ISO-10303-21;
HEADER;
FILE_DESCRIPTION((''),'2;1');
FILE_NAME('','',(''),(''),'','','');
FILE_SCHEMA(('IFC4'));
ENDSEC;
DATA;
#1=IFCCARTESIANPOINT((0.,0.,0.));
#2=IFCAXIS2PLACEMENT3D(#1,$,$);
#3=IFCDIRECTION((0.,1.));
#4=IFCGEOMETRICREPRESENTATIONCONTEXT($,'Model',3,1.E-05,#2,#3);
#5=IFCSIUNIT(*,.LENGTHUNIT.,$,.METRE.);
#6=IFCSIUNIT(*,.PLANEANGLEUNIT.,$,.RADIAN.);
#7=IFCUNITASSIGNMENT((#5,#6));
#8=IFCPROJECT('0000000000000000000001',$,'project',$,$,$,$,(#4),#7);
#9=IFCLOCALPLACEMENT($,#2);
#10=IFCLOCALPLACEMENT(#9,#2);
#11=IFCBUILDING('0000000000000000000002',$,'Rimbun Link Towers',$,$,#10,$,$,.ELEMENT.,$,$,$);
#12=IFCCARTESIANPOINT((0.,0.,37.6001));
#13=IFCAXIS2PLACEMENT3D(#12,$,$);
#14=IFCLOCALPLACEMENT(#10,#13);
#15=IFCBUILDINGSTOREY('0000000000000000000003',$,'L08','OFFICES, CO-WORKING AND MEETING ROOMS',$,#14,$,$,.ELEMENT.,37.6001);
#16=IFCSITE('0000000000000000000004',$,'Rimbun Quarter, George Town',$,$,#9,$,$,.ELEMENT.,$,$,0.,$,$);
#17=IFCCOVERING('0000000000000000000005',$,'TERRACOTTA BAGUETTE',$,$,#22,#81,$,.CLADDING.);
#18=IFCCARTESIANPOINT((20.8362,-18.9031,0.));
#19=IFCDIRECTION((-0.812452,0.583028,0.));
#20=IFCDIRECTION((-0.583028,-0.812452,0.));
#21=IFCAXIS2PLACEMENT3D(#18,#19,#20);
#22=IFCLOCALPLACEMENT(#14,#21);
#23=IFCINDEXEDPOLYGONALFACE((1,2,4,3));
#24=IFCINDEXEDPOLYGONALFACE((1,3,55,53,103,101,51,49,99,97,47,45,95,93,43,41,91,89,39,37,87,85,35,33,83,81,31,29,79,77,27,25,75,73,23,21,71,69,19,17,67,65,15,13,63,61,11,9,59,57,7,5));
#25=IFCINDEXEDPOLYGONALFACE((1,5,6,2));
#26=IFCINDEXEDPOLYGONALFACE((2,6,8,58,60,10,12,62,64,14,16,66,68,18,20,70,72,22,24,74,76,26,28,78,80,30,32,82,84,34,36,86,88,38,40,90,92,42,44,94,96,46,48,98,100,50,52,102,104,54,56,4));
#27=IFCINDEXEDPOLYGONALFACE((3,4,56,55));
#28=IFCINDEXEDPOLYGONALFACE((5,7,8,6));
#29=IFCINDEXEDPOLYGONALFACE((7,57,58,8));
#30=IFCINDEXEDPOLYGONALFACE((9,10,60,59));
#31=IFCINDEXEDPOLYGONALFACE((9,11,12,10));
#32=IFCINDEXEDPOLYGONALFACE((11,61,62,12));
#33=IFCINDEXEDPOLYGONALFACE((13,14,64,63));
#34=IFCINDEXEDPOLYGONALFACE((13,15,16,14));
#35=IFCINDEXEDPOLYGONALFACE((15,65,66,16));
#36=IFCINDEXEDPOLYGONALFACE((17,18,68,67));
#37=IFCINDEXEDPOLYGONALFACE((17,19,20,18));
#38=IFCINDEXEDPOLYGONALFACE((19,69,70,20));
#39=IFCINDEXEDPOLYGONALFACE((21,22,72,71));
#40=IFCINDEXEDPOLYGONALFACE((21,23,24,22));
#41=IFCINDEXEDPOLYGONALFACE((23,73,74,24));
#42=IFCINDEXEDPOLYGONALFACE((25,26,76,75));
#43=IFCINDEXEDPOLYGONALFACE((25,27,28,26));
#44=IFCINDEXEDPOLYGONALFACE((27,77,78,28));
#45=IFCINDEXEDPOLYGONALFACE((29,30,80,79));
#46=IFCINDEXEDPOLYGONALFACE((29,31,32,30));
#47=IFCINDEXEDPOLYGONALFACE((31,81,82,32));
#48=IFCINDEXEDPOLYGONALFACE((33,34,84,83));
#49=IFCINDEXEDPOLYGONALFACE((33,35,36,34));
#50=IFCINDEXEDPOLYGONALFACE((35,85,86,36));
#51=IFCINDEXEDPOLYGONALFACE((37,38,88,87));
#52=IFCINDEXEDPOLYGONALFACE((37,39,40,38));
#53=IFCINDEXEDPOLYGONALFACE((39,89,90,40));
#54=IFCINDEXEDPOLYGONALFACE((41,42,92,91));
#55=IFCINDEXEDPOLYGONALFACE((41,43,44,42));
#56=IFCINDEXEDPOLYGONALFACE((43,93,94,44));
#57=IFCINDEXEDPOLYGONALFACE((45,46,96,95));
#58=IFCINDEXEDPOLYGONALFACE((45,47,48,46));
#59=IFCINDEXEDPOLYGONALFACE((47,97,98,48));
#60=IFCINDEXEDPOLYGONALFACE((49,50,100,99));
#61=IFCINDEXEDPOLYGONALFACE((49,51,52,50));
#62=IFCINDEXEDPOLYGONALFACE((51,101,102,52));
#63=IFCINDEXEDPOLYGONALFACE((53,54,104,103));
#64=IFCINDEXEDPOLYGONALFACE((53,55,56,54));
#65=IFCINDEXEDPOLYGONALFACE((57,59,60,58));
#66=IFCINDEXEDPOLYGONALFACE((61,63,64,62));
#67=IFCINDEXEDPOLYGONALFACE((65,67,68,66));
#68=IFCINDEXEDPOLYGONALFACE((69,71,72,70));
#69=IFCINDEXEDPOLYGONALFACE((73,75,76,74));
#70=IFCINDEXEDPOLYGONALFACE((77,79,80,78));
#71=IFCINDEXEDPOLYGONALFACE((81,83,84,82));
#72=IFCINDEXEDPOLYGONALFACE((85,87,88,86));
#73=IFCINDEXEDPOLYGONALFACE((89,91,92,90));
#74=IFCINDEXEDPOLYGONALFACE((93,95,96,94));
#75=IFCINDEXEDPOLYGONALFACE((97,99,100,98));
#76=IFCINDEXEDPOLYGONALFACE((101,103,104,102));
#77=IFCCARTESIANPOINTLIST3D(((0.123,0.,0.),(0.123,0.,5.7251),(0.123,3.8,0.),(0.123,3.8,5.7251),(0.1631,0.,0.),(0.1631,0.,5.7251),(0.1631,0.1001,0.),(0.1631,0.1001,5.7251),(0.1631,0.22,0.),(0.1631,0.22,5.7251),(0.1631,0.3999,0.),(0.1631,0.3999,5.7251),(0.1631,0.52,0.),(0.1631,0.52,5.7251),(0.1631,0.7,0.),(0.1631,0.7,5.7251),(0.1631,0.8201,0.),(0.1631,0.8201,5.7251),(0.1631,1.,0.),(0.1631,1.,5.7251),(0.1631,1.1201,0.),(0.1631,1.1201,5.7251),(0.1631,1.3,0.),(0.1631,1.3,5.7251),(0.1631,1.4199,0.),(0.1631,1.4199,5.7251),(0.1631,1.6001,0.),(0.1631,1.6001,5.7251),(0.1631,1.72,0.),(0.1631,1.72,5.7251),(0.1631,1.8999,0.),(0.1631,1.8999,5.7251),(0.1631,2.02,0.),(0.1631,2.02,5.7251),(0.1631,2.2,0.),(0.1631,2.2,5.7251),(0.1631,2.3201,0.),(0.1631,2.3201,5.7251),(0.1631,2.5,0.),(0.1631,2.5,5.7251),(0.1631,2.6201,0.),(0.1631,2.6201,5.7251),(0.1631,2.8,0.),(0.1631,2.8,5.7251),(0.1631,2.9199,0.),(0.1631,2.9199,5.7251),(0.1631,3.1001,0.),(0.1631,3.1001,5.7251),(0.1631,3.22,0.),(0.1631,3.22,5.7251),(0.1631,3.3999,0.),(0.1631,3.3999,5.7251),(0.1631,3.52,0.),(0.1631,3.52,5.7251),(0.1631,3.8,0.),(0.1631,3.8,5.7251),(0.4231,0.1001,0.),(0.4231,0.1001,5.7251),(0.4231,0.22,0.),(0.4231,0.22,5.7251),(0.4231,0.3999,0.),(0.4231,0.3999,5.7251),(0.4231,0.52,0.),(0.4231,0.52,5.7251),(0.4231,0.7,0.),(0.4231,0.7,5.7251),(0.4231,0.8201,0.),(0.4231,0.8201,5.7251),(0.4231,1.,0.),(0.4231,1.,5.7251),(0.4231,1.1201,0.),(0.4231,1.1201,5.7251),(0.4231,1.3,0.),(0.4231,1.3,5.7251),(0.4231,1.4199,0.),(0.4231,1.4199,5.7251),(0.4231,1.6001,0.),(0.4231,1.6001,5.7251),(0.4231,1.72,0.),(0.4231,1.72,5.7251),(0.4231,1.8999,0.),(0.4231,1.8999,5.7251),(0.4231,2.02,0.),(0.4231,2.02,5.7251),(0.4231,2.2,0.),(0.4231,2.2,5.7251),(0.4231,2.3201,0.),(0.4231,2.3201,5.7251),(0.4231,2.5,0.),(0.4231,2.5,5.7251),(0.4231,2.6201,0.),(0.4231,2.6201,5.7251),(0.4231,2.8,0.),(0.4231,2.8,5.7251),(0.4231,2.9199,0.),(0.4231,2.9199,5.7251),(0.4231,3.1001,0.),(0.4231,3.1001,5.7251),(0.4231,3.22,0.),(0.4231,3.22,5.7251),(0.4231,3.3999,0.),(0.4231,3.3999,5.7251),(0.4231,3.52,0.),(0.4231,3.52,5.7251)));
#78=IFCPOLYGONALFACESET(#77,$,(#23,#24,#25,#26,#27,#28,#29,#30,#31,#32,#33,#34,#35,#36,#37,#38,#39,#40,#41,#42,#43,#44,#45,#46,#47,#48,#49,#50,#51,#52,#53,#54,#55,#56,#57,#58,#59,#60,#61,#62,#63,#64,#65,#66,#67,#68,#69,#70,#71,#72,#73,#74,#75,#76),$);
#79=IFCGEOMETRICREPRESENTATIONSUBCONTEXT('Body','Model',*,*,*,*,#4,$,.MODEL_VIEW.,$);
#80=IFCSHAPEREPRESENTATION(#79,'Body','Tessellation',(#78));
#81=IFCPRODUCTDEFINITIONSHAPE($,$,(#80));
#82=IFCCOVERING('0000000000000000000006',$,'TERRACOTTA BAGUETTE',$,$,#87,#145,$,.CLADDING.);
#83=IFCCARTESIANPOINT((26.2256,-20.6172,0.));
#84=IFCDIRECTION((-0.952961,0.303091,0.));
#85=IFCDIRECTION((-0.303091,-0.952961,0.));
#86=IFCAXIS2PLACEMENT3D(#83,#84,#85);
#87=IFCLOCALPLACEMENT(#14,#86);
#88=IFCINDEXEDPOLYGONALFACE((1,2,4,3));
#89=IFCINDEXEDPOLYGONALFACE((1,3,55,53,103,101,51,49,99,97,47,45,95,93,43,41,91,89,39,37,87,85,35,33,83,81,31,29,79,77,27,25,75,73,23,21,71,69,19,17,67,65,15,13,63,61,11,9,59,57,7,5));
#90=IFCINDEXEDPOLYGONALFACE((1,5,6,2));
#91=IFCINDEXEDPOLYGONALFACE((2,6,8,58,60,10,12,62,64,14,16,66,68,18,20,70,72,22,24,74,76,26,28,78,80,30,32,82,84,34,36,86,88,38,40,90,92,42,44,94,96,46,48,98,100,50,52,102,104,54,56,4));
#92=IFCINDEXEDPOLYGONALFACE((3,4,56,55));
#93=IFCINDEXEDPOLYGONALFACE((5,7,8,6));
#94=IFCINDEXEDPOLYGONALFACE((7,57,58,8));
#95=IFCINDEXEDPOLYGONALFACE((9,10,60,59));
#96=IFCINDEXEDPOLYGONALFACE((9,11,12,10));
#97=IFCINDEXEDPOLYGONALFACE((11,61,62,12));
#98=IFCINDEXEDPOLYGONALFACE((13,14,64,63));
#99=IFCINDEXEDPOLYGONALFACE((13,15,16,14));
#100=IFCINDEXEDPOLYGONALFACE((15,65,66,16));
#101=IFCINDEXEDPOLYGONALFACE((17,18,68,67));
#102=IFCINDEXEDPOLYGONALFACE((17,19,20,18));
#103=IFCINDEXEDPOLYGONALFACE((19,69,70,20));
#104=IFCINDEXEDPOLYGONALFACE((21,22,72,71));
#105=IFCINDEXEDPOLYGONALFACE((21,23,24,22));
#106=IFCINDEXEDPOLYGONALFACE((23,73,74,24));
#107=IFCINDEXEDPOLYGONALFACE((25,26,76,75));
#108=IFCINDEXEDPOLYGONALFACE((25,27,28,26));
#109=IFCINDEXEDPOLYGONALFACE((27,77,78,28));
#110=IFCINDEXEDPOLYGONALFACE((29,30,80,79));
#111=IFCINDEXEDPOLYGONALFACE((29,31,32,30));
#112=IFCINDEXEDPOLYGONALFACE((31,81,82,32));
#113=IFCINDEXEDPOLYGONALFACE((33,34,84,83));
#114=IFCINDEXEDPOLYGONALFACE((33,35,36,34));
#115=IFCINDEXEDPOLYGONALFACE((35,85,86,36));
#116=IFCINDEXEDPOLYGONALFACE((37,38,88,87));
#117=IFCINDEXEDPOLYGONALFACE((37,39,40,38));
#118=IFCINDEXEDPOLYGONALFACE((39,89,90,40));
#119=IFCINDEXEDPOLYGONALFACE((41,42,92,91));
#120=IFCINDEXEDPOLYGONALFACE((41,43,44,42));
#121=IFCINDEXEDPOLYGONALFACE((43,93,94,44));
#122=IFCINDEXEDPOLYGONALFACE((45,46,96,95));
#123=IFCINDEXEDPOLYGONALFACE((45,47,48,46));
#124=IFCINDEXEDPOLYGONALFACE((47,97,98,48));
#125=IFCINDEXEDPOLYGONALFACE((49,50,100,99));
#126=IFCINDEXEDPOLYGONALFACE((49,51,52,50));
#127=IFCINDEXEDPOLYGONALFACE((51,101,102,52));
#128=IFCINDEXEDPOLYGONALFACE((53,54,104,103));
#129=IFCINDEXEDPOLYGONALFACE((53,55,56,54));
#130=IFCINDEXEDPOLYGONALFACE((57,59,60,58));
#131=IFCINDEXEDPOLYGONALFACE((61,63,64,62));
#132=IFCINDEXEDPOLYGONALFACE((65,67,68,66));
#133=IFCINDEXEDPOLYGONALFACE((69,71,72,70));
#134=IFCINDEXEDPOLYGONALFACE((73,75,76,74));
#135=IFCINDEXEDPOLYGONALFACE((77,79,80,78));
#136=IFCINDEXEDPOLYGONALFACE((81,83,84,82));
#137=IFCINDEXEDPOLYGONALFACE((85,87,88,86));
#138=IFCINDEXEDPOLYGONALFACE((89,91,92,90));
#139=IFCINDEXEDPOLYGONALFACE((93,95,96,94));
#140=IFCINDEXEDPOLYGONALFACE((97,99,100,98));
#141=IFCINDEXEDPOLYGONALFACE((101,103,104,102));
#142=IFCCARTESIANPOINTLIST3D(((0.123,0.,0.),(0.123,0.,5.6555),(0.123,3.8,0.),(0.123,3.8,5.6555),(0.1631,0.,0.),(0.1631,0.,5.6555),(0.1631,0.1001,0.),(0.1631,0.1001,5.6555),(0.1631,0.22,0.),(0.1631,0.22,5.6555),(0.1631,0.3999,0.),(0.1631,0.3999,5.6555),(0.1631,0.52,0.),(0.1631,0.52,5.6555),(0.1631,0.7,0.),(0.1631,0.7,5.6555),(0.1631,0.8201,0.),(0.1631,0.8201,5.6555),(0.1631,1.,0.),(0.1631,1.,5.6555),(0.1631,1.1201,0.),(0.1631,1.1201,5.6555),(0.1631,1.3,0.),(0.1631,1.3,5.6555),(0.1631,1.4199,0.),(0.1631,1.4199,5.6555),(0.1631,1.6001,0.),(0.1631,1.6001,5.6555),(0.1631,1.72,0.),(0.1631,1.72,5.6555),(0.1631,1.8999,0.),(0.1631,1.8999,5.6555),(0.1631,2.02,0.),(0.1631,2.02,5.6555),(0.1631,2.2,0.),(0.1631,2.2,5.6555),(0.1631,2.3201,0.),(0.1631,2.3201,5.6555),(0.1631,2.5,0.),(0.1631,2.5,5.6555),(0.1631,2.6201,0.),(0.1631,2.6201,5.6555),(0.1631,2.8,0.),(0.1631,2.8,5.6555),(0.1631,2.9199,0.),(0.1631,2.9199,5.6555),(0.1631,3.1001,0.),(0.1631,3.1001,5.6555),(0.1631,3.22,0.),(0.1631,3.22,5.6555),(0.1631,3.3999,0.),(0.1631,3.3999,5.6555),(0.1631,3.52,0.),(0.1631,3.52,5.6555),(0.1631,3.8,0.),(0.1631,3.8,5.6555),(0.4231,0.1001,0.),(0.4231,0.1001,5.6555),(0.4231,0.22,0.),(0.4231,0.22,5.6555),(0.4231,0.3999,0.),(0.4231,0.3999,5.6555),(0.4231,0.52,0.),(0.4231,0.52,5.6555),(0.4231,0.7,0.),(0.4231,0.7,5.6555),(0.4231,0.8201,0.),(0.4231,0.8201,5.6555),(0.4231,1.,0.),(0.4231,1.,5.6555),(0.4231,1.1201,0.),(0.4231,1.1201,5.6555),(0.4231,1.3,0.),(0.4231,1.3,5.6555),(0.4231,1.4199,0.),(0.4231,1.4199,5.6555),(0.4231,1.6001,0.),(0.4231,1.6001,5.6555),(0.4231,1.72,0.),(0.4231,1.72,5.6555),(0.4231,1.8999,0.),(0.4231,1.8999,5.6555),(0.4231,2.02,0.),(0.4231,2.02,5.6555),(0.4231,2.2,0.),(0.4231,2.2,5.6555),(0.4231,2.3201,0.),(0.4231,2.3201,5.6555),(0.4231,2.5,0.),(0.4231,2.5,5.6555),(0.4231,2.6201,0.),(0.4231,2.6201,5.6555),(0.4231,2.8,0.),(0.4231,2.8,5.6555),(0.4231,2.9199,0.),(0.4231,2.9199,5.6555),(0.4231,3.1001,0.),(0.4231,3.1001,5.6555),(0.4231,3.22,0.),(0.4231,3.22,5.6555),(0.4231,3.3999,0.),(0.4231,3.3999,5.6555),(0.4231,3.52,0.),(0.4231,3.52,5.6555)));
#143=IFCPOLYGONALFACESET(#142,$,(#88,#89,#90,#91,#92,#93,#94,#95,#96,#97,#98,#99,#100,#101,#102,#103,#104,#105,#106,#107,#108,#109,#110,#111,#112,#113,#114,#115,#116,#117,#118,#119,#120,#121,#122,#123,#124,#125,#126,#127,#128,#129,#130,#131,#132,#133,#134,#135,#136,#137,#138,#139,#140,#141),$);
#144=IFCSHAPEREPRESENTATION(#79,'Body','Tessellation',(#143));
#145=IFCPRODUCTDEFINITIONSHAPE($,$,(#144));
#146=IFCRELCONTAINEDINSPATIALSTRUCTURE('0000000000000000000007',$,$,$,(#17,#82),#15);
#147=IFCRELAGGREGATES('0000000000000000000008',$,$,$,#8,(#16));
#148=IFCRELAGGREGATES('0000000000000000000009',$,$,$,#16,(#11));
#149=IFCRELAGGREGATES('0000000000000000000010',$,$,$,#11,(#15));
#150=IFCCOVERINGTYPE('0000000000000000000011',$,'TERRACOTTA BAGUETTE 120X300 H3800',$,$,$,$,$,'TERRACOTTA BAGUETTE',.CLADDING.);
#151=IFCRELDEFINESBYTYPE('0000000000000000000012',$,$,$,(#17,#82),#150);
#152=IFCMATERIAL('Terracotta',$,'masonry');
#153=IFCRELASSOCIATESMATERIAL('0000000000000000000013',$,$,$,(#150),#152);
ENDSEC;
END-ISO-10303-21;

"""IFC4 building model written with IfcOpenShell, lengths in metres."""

from ifc_helpers import new_model, si_unit, direction, frame, origin, place, context, subcontext, project, spatial, polyline, outline, extrude, material, material_profile, profile_set, type_object, element, save


model = new_model("IFC4")

# Units and contexts
model_context = context("Model", 3, precision=1e-05, world=origin(), true_north=direction((0.0, 1.0)))
body_context = subcontext(model_context, "Body", "Model", "MODEL_VIEW")
ifc_project = project(units=[si_unit("LENGTHUNIT", "METRE"), si_unit("PLANEANGLEUNIT", "RADIAN")], contexts=[model_context])

# Site, building, storey
site_placement = place(None, origin())
site = spatial("IfcSite", under=ifc_project, at=site_placement, Name="Rimbun Quarter, George Town", CompositionType="ELEMENT", RefElevation=0.0)
building_placement = place(site_placement, origin())
building = spatial("IfcBuilding", under=site, at=building_placement, Name="Rimbun Link Towers", CompositionType="ELEMENT")
storey_placement = place(building_placement, frame((0.0, 0.0, 37.6001)))
storey = spatial("IfcBuildingStorey", under=building, at=storey_placement, Name="L08", Description="OFFICES, CO-WORKING AND MEETING ROOMS", CompositionType="ELEMENT", Elevation=37.6001)

# Coverings
ifc_material_1 = material(Name="Terracotta", Category="masonry")
ifc_material_profile_1 = material_profile(ifc_material_1, outline(polyline([(0.123, 0.0), (0.1631, 0.0), (0.1631, 0.1001), (0.4231, 0.1001), (0.4231, 0.22), (0.1631, 0.22), (0.1631, 0.3999), (0.4231, 0.3999), (0.4231, 0.52), (0.1631, 0.52), (0.1631, 0.7), (0.4231, 0.7), (0.4231, 0.8201), (0.1631, 0.8201), (0.1631, 1.0), (0.4231, 1.0), (0.4231, 1.1201), (0.1631, 1.1201), (0.1631, 1.3), (0.4231, 1.3), (0.4231, 1.4199), (0.1631, 1.4199), (0.1631, 1.6001), (0.4231, 1.6001), (0.4231, 1.72), (0.1631, 1.72), (0.1631, 1.8999), (0.4231, 1.8999), (0.4231, 2.02), (0.1631, 2.02), (0.1631, 2.2), (0.4231, 2.2), (0.4231, 2.3201), (0.1631, 2.3201), (0.1631, 2.5), (0.4231, 2.5), (0.4231, 2.6201), (0.1631, 2.6201), (0.1631, 2.8), (0.4231, 2.8), (0.4231, 2.9199), (0.1631, 2.9199), (0.1631, 3.1001), (0.4231, 3.1001), (0.4231, 3.22), (0.1631, 3.22), (0.1631, 3.3999), (0.4231, 3.3999), (0.4231, 3.52), (0.1631, 3.52), (0.1631, 3.8), (0.123, 3.8), (0.123, 0.0)])), Name="BAGUETTE 120X300")
ifc_profile_set_1 = profile_set([ifc_material_profile_1], Name="Terracotta")
covering_type = type_object("IfcCoveringType", Name="TERRACOTTA BAGUETTE 120X300 H3800", ElementType="TERRACOTTA BAGUETTE", PredefinedType="CLADDING", material=ifc_profile_set_1)
for number, where, z_axis, x_axis, name in (
    (1, (20.8362, -18.9031, 0.0), (-0.812452, 0.583028, 0.0), (-0.583028, -0.812452, 0.0), "TERRACOTTA BAGUETTE"),
):
    element("IfcCovering", number, at=place(storey_placement, frame(where, z_axis=z_axis, x_axis=x_axis)), inside=storey, type_object=covering_type, Name=name, PredefinedType="CLADDING", context=body_context, shape_type="SweptSolid", body=[
        extrude(outline(polyline([(0.123, 0.0), (0.1631, 0.0), (0.1631, 0.1001), (0.4231, 0.1001), (0.4231, 0.22), (0.1631, 0.22), (0.1631, 0.3999), (0.4231, 0.3999), (0.4231, 0.52), (0.1631, 0.52), (0.1631, 0.7), (0.4231, 0.7), (0.4231, 0.8201), (0.1631, 0.8201), (0.1631, 1.0), (0.4231, 1.0), (0.4231, 1.1201), (0.1631, 1.1201), (0.1631, 1.3), (0.4231, 1.3), (0.4231, 1.4199), (0.1631, 1.4199), (0.1631, 1.6001), (0.4231, 1.6001), (0.4231, 1.72), (0.1631, 1.72), (0.1631, 1.8999), (0.4231, 1.8999), (0.4231, 2.02), (0.1631, 2.02), (0.1631, 2.2), (0.4231, 2.2), (0.4231, 2.3201), (0.1631, 2.3201), (0.1631, 2.5), (0.4231, 2.5), (0.4231, 2.6201), (0.1631, 2.6201), (0.1631, 2.8), (0.4231, 2.8), (0.4231, 2.9199), (0.1631, 2.9199), (0.1631, 3.1001), (0.4231, 3.1001), (0.4231, 3.22), (0.1631, 3.22), (0.1631, 3.3999), (0.4231, 3.3999), (0.4231, 3.52), (0.1631, 3.52), (0.1631, 3.8), (0.123, 3.8), (0.123, 0.0)])), origin(), (0.0, 0.0, 1.0), 5.7251),
    ])
covering_placement = place(storey_placement, frame((26.2256, -20.6172, 0.0), z_axis=(-0.952961, 0.303091, 0.0), x_axis=(-0.303091, -0.952961, 0.0)))
element("IfcCovering", 2, at=covering_placement, inside=storey, type_object=covering_type, Name="TERRACOTTA BAGUETTE", PredefinedType="CLADDING", context=body_context, shape_type="SweptSolid", body=[
    extrude(outline(polyline([(0.123, 0.0), (0.1631, 0.0), (0.1631, 0.1001), (0.4231, 0.1001), (0.4231, 0.22), (0.1631, 0.22), (0.1631, 0.3999), (0.4231, 0.3999), (0.4231, 0.52), (0.1631, 0.52), (0.1631, 0.7), (0.4231, 0.7), (0.4231, 0.8201), (0.1631, 0.8201), (0.1631, 1.0), (0.4231, 1.0), (0.4231, 1.1201), (0.1631, 1.1201), (0.1631, 1.3), (0.4231, 1.3), (0.4231, 1.4199), (0.1631, 1.4199), (0.1631, 1.6001), (0.4231, 1.6001), (0.4231, 1.72), (0.1631, 1.72), (0.1631, 1.8999), (0.4231, 1.8999), (0.4231, 2.02), (0.1631, 2.02), (0.1631, 2.2), (0.4231, 2.2), (0.4231, 2.3201), (0.1631, 2.3201), (0.1631, 2.5), (0.4231, 2.5), (0.4231, 2.6201), (0.1631, 2.6201), (0.1631, 2.8), (0.4231, 2.8), (0.4231, 2.9199), (0.1631, 2.9199), (0.1631, 3.1001), (0.4231, 3.1001), (0.4231, 3.22), (0.1631, 3.22), (0.1631, 3.3999), (0.4231, 3.3999), (0.4231, 3.52), (0.1631, 3.52), (0.1631, 3.8), (0.123, 3.8), (0.123, 0.0)])), origin(), (0.0, 0.0, 1.0), 5.6555),
])

save(model, "model.ifc")
